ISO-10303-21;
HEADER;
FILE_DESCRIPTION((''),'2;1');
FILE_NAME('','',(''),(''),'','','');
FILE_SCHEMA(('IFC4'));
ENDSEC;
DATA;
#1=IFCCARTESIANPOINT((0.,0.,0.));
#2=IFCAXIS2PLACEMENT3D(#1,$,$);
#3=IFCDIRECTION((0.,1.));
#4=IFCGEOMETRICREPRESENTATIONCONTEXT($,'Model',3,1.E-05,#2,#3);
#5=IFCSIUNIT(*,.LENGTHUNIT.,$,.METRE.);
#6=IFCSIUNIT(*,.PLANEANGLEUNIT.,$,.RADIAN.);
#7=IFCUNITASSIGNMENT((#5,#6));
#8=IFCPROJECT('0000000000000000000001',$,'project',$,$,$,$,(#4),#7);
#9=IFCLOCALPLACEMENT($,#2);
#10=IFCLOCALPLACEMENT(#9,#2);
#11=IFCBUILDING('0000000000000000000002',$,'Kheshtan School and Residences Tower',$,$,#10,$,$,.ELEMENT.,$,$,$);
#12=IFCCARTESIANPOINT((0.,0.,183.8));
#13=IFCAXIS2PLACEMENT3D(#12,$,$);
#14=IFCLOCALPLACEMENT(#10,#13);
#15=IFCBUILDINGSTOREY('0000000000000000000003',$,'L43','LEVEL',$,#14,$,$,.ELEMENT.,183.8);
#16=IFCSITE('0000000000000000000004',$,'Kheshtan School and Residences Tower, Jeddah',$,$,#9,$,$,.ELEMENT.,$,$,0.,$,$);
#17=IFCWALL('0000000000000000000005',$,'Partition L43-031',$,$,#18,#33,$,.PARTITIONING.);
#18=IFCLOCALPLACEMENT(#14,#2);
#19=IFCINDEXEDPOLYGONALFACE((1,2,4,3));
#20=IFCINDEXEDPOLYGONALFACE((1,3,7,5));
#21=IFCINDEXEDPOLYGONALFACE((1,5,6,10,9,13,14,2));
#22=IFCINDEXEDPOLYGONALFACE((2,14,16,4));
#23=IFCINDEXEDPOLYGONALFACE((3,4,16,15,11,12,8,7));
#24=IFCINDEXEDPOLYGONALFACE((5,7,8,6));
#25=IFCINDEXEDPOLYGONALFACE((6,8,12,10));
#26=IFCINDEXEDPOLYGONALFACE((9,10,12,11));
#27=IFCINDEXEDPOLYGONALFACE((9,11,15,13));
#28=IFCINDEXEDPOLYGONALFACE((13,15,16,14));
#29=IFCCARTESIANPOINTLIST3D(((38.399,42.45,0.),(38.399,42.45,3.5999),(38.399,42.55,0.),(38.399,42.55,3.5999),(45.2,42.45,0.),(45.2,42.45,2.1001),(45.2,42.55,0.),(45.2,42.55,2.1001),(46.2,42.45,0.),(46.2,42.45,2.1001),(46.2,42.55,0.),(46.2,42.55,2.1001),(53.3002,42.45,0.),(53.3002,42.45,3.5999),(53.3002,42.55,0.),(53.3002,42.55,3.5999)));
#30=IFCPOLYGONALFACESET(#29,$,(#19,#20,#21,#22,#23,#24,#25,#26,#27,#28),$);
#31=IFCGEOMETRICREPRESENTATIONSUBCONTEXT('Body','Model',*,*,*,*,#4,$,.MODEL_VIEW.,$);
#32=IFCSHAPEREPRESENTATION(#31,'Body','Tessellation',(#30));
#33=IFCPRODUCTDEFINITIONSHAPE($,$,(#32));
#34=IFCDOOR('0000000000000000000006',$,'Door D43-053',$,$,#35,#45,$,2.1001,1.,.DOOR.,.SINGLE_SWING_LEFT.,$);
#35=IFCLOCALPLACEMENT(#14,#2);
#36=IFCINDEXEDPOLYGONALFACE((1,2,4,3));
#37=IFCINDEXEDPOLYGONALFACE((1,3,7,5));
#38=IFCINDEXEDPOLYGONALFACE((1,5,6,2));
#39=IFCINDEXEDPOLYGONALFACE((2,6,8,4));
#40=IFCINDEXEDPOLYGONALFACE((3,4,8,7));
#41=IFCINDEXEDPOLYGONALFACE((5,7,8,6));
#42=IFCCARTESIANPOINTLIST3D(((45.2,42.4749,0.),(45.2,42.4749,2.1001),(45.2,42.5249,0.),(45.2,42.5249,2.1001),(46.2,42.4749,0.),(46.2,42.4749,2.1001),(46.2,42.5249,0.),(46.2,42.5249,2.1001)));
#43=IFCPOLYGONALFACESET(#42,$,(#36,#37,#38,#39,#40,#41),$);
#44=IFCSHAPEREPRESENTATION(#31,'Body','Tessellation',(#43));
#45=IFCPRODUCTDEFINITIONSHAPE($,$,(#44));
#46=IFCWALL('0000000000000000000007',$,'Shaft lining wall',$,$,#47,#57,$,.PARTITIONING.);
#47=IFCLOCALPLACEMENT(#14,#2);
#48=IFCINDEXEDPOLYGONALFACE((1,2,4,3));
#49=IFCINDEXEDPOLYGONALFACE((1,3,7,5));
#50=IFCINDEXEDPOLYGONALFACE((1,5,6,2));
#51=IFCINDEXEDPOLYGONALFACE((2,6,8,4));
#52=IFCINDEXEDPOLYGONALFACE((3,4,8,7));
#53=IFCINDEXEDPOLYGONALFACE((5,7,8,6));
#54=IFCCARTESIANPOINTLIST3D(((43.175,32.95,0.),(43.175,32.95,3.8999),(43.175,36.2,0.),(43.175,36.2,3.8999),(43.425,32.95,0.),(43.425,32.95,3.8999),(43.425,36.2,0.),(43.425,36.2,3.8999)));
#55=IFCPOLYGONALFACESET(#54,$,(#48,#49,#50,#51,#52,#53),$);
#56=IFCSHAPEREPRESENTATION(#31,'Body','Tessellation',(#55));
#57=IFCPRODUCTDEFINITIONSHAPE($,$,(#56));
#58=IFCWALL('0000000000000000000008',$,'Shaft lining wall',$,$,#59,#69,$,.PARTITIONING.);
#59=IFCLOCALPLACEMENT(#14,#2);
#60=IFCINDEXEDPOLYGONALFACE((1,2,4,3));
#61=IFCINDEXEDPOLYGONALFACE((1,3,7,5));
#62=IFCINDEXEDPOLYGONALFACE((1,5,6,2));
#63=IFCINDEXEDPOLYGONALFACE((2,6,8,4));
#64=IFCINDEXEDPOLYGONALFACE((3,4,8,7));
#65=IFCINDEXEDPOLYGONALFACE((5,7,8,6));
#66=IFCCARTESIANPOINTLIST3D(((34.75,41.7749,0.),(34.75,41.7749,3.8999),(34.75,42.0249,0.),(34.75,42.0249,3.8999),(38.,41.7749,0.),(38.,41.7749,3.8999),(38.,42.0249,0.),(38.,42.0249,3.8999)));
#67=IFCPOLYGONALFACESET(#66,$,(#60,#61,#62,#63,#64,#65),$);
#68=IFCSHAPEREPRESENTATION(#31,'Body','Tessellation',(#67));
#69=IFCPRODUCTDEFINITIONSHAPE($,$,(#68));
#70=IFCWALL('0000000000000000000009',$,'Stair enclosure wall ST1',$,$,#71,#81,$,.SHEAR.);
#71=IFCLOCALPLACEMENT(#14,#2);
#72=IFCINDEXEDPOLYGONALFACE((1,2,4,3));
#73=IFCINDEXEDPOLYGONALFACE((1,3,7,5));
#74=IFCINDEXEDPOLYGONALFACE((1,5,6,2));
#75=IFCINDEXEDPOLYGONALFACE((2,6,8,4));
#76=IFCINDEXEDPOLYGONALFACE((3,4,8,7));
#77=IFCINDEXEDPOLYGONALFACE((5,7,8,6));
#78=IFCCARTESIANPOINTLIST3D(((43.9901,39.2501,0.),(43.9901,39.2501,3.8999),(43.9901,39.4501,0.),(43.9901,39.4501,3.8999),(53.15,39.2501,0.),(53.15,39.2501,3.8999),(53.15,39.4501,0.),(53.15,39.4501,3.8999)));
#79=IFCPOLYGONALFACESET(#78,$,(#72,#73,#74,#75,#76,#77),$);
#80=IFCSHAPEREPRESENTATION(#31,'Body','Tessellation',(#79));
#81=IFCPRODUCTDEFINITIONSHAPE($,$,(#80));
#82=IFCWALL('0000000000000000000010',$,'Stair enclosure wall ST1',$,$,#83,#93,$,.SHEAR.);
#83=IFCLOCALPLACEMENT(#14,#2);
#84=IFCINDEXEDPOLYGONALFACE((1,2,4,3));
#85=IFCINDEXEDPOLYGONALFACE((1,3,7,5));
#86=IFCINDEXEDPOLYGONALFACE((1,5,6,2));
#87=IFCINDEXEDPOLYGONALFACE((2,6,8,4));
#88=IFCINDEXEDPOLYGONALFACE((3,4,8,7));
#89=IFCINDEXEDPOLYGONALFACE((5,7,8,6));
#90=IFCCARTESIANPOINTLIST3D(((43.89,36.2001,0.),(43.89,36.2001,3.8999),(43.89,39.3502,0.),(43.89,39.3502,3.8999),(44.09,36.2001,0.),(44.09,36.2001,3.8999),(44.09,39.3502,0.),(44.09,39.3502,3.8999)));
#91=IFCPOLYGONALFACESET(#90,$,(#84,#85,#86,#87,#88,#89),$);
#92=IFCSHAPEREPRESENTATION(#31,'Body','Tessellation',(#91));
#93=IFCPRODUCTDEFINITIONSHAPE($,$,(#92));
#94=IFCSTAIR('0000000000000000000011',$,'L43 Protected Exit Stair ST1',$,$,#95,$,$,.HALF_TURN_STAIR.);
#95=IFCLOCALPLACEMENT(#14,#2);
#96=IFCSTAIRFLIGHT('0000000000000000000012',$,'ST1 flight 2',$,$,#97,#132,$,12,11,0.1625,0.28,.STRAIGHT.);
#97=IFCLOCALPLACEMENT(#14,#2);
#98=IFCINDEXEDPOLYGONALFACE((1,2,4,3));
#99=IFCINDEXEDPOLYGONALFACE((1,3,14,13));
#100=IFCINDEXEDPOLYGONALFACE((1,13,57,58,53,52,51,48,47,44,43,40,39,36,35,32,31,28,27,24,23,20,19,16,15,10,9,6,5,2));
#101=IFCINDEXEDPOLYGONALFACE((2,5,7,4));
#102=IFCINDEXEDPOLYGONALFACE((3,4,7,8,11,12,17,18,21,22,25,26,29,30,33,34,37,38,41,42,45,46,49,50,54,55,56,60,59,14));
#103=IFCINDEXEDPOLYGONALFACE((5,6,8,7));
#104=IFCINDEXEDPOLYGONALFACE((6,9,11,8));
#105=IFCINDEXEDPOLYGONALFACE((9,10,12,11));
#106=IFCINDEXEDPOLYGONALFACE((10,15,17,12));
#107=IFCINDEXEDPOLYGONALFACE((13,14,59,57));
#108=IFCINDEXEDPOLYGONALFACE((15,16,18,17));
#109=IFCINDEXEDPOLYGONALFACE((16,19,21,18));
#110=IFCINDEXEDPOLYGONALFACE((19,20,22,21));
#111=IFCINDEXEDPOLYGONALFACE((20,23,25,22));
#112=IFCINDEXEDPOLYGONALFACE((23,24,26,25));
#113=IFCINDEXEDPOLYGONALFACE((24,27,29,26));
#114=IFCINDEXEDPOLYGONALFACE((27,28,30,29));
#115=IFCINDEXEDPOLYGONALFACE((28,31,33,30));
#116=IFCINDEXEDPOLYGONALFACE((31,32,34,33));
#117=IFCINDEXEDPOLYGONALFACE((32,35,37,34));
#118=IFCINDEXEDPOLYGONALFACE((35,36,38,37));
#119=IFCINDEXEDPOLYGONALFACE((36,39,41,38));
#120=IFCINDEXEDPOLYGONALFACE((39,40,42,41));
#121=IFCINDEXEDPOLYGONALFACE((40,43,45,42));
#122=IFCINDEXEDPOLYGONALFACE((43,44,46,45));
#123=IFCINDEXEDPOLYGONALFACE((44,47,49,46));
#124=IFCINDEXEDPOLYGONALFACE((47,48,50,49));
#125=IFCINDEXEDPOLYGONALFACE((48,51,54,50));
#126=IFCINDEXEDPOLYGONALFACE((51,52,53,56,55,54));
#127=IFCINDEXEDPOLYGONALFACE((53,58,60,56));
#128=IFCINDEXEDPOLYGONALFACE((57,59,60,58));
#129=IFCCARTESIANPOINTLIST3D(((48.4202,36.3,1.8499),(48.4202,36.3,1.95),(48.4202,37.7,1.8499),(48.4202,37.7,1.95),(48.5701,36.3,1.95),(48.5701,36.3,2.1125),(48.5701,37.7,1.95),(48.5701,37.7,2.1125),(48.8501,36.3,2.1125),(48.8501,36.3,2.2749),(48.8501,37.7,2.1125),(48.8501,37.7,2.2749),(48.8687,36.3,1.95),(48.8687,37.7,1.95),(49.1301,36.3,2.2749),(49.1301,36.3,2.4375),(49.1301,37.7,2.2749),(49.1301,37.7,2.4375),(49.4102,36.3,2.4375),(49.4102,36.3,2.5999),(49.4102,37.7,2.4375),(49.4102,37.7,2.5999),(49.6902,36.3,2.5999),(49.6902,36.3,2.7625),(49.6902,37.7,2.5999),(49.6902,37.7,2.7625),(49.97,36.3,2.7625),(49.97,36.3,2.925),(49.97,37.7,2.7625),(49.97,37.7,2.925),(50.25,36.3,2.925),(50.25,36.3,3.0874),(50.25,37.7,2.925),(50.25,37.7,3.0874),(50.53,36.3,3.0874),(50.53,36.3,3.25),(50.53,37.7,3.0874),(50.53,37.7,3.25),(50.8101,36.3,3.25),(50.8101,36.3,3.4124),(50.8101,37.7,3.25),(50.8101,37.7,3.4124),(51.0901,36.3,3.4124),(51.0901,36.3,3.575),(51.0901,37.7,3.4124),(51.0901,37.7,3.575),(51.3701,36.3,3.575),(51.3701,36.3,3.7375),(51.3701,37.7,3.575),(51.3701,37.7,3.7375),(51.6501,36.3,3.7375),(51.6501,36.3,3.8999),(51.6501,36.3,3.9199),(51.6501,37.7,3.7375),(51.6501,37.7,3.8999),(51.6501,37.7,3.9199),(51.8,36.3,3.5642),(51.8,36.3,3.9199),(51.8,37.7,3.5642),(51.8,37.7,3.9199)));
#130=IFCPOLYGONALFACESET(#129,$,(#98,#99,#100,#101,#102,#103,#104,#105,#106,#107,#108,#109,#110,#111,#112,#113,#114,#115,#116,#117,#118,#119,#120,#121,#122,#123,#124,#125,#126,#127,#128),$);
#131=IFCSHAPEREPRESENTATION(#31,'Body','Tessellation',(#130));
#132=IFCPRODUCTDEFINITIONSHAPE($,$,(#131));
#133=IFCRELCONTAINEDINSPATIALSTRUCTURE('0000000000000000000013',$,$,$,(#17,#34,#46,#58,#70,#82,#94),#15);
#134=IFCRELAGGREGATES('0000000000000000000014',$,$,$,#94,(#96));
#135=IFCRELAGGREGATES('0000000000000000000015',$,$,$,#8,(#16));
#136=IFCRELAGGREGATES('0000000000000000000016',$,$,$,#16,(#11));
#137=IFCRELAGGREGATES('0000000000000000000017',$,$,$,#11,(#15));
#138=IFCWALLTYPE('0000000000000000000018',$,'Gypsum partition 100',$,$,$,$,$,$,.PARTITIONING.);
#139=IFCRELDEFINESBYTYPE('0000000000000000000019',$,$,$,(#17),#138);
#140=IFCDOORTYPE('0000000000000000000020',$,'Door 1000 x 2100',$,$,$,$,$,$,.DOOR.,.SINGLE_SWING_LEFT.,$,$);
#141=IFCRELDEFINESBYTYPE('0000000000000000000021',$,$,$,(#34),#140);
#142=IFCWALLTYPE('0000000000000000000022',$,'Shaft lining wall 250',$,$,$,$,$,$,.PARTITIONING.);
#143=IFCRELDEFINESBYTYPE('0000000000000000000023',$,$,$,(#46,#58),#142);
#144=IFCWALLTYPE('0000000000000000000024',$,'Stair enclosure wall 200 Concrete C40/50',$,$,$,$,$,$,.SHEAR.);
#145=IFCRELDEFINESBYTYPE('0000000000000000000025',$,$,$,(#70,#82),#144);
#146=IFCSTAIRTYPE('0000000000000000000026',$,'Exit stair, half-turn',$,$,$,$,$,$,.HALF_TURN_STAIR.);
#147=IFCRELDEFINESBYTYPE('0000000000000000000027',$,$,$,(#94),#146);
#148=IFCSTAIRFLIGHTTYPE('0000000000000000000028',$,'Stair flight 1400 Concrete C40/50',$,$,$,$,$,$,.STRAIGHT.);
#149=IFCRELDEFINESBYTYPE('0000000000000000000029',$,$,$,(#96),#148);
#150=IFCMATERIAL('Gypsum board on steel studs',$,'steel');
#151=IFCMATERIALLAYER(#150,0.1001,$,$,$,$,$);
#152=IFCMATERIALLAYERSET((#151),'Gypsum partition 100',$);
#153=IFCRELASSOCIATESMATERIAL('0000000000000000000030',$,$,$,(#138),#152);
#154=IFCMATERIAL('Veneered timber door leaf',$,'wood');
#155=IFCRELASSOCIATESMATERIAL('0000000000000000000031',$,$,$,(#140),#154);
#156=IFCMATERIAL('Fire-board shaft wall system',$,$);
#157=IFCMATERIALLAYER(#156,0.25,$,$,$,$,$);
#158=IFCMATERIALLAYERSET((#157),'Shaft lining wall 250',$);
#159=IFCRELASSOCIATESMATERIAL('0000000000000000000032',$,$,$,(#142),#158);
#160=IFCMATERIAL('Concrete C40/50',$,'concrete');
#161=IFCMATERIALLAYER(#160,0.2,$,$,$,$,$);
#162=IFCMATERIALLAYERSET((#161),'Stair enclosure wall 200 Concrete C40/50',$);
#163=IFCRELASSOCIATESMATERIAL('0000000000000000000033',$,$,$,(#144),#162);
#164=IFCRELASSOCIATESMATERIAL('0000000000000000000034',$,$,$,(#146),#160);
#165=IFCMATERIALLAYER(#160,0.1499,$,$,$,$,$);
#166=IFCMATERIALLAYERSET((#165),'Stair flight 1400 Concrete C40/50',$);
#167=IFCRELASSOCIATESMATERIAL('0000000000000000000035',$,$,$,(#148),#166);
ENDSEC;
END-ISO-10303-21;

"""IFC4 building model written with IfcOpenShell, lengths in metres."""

from ifc_helpers import new_model, si_unit, direction, frame, frame_2d, origin, place, context, subcontext, project, spatial, polyline, rectangle, outline, extrude, source, transform, mapped, material, layer, layer_set, type_object, element, fill, aggregate, save


model = new_model("IFC4")

# Units and contexts
model_context = context("Model", 3, precision=1e-05, world=origin(), true_north=direction((0.0, 1.0)))
body_context = subcontext(model_context, "Body", "Model", "MODEL_VIEW")
ifc_project = project(units=[si_unit("LENGTHUNIT", "METRE"), si_unit("PLANEANGLEUNIT", "RADIAN")], contexts=[model_context])

# Site, building, storey
site_placement = place(None, origin())
site = spatial("IfcSite", under=ifc_project, at=site_placement, Name="Kheshtan School and Residences Tower, Jeddah", CompositionType="ELEMENT", RefElevation=0.0)
building_placement = place(site_placement, origin())
building = spatial("IfcBuilding", under=site, at=building_placement, Name="Kheshtan School and Residences Tower", CompositionType="ELEMENT")
storey_placement = place(building_placement, frame((0.0, 0.0, 183.8)))
storey = spatial("IfcBuildingStorey", under=building, at=storey_placement, Name="L43", Description="LEVEL", CompositionType="ELEMENT", Elevation=183.8)

# Wall, opening, door
ifc_material_1 = material(Name="Gypsum board on steel studs", Category="steel")
ifc_layer_1 = layer(ifc_material_1, 0.1001)
ifc_layer_set_1 = layer_set([ifc_layer_1], Name="Gypsum partition 100")
wall_type_1 = type_object("IfcWallType", Name="Gypsum partition 100", PredefinedType="PARTITIONING", material=ifc_layer_set_1)
wall_1_placement = place(storey_placement, frame((38.3989, 42.5, 0.0), z_axis=(0.0, 0.0, 1.0), x_axis=(1.0, 0.0, 0.0)))
wall_1 = element("IfcWall", 1, at=wall_1_placement, inside=storey, type_object=wall_type_1, Name="Partition L43-031", PredefinedType="PARTITIONING", context=body_context, shape_type="SweptSolid", body=[
    extrude(rectangle(XDim=14.9011, YDim=0.1001, at=frame_2d((7.4507, 0.0))), origin(), (0.0, 0.0, 1.0), 3.5999),
])
opening_1_placement = place(wall_1_placement, frame((6.801, 0.0, 0.0)))
opening_1 = element("IfcOpeningElement", 2, at=opening_1_placement, cuts=wall_1, PredefinedType="OPENING", context=body_context, shape_type="SweptSolid", body=[
    extrude(rectangle(XDim=1.0, YDim=2.1001, at=frame_2d((0.5, 1.05))), frame((0.0, 0.0601, 0.0), z_axis=(0.0, -1.0, 0.0), x_axis=(1.0, 0.0, 0.0)), (0.0, 0.0, 1.0), 0.1201),
])
ifc_material_2 = material(Name="Veneered timber door leaf", Category="wood")
door_type_1 = type_object("IfcDoorType", Name="Door 1000 x 2100", OperationType="SINGLE_SWING_LEFT", PredefinedType="DOOR", material=ifc_material_2)
shared_shape_1 = source(origin(), body_context, "Body", "SweptSolid", [
    extrude(rectangle(XDim=1.0, YDim=2.1001, at=frame_2d((0.5, 1.05))), frame((0.0, 0.0249, 0.0), z_axis=(0.0, -1.0, 0.0), x_axis=(1.0, 0.0, 0.0)), (0.0, 0.0, 1.0), 0.05),
])
door_1_placement = place(opening_1_placement, origin())
door_1 = element("IfcDoor", 3, at=door_1_placement, inside=storey, type_object=door_type_1, Name="Door D43-053", OperationType="SINGLE_SWING_LEFT", OverallHeight=2.1001, OverallWidth=1.0, PredefinedType="DOOR", context=body_context, shape_type="MappedRepresentation", body=[
    mapped(shared_shape_1, transform((0.0, 0.0, 0.0), x_axis=(1.0, 0.0, 0.0), y_axis=(0.0, 1.0, 0.0), z_axis=(0.0, 0.0, 1.0), scale=1.0)),
])
fill(opening_1, door_1)

# Walls
ifc_material_3 = material(Name="Fire-board shaft wall system")
ifc_layer_2 = layer(ifc_material_3, 0.25)
ifc_layer_set_2 = layer_set([ifc_layer_2], Name="Shaft lining wall 250")
wall_type_2 = type_object("IfcWallType", Name="Shaft lining wall 250", PredefinedType="PARTITIONING", material=ifc_layer_set_2)
for number, where, z_axis, x_axis, name in (
    (4, (43.3, 32.95, 0.0), (0.0, 0.0, 1.0), (0.0, 1.0, 0.0), "Shaft lining wall"),
    (5, (34.75, 41.8999, 0.0), (0.0, 0.0, 1.0), (1.0, 0.0, 0.0), "Shaft lining wall"),
):
    element("IfcWall", number, at=place(storey_placement, frame(where, z_axis=z_axis, x_axis=x_axis)), inside=storey, type_object=wall_type_2, Name=name, PredefinedType="PARTITIONING", context=body_context, shape_type="SweptSolid", body=[
        extrude(rectangle(XDim=3.25, YDim=0.25, at=frame_2d((1.625, 0.0))), origin(), (0.0, 0.0, 1.0), 3.8999),
    ])
ifc_material_4 = material(Name="Concrete C40/50", Category="concrete")
ifc_layer_3 = layer(ifc_material_4, 0.2)
ifc_layer_set_3 = layer_set([ifc_layer_3], Name="Stair enclosure wall 200 Concrete C40/50")
wall_type_3 = type_object("IfcWallType", Name="Stair enclosure wall 200 Concrete C40/50", PredefinedType="SHEAR", material=ifc_layer_set_3)
wall_2_placement = place(storey_placement, frame((43.99, 39.3501, 0.0), z_axis=(0.0, 0.0, 1.0), x_axis=(1.0, 0.0, 0.0)))
element("IfcWall", 6, at=wall_2_placement, inside=storey, type_object=wall_type_3, Name="Stair enclosure wall ST1", PredefinedType="SHEAR", context=body_context, shape_type="SweptSolid", body=[
    extrude(rectangle(XDim=9.1599, YDim=0.2, at=frame_2d((4.5801, 0.0))), origin(), (0.0, 0.0, 1.0), 3.8999),
])
wall_3_placement = place(storey_placement, frame((43.99, 36.2, 0.0), z_axis=(0.0, 0.0, 1.0), x_axis=(0.0, 1.0, 0.0)))
element("IfcWall", 7, at=wall_3_placement, inside=storey, type_object=wall_type_3, Name="Stair enclosure wall ST1", PredefinedType="SHEAR", context=body_context, shape_type="SweptSolid", body=[
    extrude(rectangle(XDim=3.1501, YDim=0.2, at=frame_2d((1.5752, 0.0))), origin(), (0.0, 0.0, 1.0), 3.8999),
])

# Stair, stair flight
stair_type = type_object("IfcStairType", Name="Exit stair, half-turn", PredefinedType="HALF_TURN_STAIR", material=ifc_material_4)
stair_placement = place(storey_placement, origin())
stair = element("IfcStair", 8, at=stair_placement, inside=storey, type_object=stair_type, Name="L43 Protected Exit Stair ST1", PredefinedType="HALF_TURN_STAIR")
ifc_layer_4 = layer(ifc_material_4, 0.1499)
ifc_layer_set_4 = layer_set([ifc_layer_4], Name="Stair flight 1400 Concrete C40/50")
stair_flight_type = type_object("IfcStairFlightType", Name="Stair flight 1400 Concrete C40/50", PredefinedType="STRAIGHT", material=ifc_layer_set_4)
stair_flight_placement = place(storey_placement, frame((48.5701, 37.0, 1.95), z_axis=(0.0, 0.0, 1.0), x_axis=(1.0, 0.0, 0.0)))
stair_flight = element("IfcStairFlight", 9, at=stair_flight_placement, type_object=stair_flight_type, Name="ST1 flight 2", NumberOfRisers=12, NumberOfTreads=11, PredefinedType="STRAIGHT", RiserHeight=0.1625, TreadLength=0.28, context=body_context, shape_type="SweptSolid", body=[
    extrude(outline(polyline([(-0.1499, -0.1001), (-0.1499, 0.0), (0.0, 0.0), (0.0, 0.1626), (0.28, 0.1626), (0.28, 0.325), (0.5601, 0.325), (0.5601, 0.4875), (0.8401, 0.4875), (0.8401, 0.6499), (1.1201, 0.6499), (1.1201, 0.8125), (1.3999, 0.8125), (1.3999, 0.9751), (1.6799, 0.9751), (1.6799, 1.1375), (1.96, 1.1375), (1.96, 1.3), (2.24, 1.3), (2.24, 1.4624), (2.52, 1.4624), (2.52, 1.625), (2.8, 1.625), (2.8, 1.7876), (3.0801, 1.7876), (3.0801, 1.95), (3.0801, 1.97), (3.23, 1.97), (3.23, 1.6143), (0.2986, 0.0), (-0.1499, -0.1001)])), frame((0.0, 0.7, 0.0), z_axis=(0.0, -1.0, 0.0), x_axis=(1.0, 0.0, 0.0)), (0.0, 0.0, 1.0), 1.3999),
])
aggregate(stair, [stair_flight])

save(model, "model.ifc")
